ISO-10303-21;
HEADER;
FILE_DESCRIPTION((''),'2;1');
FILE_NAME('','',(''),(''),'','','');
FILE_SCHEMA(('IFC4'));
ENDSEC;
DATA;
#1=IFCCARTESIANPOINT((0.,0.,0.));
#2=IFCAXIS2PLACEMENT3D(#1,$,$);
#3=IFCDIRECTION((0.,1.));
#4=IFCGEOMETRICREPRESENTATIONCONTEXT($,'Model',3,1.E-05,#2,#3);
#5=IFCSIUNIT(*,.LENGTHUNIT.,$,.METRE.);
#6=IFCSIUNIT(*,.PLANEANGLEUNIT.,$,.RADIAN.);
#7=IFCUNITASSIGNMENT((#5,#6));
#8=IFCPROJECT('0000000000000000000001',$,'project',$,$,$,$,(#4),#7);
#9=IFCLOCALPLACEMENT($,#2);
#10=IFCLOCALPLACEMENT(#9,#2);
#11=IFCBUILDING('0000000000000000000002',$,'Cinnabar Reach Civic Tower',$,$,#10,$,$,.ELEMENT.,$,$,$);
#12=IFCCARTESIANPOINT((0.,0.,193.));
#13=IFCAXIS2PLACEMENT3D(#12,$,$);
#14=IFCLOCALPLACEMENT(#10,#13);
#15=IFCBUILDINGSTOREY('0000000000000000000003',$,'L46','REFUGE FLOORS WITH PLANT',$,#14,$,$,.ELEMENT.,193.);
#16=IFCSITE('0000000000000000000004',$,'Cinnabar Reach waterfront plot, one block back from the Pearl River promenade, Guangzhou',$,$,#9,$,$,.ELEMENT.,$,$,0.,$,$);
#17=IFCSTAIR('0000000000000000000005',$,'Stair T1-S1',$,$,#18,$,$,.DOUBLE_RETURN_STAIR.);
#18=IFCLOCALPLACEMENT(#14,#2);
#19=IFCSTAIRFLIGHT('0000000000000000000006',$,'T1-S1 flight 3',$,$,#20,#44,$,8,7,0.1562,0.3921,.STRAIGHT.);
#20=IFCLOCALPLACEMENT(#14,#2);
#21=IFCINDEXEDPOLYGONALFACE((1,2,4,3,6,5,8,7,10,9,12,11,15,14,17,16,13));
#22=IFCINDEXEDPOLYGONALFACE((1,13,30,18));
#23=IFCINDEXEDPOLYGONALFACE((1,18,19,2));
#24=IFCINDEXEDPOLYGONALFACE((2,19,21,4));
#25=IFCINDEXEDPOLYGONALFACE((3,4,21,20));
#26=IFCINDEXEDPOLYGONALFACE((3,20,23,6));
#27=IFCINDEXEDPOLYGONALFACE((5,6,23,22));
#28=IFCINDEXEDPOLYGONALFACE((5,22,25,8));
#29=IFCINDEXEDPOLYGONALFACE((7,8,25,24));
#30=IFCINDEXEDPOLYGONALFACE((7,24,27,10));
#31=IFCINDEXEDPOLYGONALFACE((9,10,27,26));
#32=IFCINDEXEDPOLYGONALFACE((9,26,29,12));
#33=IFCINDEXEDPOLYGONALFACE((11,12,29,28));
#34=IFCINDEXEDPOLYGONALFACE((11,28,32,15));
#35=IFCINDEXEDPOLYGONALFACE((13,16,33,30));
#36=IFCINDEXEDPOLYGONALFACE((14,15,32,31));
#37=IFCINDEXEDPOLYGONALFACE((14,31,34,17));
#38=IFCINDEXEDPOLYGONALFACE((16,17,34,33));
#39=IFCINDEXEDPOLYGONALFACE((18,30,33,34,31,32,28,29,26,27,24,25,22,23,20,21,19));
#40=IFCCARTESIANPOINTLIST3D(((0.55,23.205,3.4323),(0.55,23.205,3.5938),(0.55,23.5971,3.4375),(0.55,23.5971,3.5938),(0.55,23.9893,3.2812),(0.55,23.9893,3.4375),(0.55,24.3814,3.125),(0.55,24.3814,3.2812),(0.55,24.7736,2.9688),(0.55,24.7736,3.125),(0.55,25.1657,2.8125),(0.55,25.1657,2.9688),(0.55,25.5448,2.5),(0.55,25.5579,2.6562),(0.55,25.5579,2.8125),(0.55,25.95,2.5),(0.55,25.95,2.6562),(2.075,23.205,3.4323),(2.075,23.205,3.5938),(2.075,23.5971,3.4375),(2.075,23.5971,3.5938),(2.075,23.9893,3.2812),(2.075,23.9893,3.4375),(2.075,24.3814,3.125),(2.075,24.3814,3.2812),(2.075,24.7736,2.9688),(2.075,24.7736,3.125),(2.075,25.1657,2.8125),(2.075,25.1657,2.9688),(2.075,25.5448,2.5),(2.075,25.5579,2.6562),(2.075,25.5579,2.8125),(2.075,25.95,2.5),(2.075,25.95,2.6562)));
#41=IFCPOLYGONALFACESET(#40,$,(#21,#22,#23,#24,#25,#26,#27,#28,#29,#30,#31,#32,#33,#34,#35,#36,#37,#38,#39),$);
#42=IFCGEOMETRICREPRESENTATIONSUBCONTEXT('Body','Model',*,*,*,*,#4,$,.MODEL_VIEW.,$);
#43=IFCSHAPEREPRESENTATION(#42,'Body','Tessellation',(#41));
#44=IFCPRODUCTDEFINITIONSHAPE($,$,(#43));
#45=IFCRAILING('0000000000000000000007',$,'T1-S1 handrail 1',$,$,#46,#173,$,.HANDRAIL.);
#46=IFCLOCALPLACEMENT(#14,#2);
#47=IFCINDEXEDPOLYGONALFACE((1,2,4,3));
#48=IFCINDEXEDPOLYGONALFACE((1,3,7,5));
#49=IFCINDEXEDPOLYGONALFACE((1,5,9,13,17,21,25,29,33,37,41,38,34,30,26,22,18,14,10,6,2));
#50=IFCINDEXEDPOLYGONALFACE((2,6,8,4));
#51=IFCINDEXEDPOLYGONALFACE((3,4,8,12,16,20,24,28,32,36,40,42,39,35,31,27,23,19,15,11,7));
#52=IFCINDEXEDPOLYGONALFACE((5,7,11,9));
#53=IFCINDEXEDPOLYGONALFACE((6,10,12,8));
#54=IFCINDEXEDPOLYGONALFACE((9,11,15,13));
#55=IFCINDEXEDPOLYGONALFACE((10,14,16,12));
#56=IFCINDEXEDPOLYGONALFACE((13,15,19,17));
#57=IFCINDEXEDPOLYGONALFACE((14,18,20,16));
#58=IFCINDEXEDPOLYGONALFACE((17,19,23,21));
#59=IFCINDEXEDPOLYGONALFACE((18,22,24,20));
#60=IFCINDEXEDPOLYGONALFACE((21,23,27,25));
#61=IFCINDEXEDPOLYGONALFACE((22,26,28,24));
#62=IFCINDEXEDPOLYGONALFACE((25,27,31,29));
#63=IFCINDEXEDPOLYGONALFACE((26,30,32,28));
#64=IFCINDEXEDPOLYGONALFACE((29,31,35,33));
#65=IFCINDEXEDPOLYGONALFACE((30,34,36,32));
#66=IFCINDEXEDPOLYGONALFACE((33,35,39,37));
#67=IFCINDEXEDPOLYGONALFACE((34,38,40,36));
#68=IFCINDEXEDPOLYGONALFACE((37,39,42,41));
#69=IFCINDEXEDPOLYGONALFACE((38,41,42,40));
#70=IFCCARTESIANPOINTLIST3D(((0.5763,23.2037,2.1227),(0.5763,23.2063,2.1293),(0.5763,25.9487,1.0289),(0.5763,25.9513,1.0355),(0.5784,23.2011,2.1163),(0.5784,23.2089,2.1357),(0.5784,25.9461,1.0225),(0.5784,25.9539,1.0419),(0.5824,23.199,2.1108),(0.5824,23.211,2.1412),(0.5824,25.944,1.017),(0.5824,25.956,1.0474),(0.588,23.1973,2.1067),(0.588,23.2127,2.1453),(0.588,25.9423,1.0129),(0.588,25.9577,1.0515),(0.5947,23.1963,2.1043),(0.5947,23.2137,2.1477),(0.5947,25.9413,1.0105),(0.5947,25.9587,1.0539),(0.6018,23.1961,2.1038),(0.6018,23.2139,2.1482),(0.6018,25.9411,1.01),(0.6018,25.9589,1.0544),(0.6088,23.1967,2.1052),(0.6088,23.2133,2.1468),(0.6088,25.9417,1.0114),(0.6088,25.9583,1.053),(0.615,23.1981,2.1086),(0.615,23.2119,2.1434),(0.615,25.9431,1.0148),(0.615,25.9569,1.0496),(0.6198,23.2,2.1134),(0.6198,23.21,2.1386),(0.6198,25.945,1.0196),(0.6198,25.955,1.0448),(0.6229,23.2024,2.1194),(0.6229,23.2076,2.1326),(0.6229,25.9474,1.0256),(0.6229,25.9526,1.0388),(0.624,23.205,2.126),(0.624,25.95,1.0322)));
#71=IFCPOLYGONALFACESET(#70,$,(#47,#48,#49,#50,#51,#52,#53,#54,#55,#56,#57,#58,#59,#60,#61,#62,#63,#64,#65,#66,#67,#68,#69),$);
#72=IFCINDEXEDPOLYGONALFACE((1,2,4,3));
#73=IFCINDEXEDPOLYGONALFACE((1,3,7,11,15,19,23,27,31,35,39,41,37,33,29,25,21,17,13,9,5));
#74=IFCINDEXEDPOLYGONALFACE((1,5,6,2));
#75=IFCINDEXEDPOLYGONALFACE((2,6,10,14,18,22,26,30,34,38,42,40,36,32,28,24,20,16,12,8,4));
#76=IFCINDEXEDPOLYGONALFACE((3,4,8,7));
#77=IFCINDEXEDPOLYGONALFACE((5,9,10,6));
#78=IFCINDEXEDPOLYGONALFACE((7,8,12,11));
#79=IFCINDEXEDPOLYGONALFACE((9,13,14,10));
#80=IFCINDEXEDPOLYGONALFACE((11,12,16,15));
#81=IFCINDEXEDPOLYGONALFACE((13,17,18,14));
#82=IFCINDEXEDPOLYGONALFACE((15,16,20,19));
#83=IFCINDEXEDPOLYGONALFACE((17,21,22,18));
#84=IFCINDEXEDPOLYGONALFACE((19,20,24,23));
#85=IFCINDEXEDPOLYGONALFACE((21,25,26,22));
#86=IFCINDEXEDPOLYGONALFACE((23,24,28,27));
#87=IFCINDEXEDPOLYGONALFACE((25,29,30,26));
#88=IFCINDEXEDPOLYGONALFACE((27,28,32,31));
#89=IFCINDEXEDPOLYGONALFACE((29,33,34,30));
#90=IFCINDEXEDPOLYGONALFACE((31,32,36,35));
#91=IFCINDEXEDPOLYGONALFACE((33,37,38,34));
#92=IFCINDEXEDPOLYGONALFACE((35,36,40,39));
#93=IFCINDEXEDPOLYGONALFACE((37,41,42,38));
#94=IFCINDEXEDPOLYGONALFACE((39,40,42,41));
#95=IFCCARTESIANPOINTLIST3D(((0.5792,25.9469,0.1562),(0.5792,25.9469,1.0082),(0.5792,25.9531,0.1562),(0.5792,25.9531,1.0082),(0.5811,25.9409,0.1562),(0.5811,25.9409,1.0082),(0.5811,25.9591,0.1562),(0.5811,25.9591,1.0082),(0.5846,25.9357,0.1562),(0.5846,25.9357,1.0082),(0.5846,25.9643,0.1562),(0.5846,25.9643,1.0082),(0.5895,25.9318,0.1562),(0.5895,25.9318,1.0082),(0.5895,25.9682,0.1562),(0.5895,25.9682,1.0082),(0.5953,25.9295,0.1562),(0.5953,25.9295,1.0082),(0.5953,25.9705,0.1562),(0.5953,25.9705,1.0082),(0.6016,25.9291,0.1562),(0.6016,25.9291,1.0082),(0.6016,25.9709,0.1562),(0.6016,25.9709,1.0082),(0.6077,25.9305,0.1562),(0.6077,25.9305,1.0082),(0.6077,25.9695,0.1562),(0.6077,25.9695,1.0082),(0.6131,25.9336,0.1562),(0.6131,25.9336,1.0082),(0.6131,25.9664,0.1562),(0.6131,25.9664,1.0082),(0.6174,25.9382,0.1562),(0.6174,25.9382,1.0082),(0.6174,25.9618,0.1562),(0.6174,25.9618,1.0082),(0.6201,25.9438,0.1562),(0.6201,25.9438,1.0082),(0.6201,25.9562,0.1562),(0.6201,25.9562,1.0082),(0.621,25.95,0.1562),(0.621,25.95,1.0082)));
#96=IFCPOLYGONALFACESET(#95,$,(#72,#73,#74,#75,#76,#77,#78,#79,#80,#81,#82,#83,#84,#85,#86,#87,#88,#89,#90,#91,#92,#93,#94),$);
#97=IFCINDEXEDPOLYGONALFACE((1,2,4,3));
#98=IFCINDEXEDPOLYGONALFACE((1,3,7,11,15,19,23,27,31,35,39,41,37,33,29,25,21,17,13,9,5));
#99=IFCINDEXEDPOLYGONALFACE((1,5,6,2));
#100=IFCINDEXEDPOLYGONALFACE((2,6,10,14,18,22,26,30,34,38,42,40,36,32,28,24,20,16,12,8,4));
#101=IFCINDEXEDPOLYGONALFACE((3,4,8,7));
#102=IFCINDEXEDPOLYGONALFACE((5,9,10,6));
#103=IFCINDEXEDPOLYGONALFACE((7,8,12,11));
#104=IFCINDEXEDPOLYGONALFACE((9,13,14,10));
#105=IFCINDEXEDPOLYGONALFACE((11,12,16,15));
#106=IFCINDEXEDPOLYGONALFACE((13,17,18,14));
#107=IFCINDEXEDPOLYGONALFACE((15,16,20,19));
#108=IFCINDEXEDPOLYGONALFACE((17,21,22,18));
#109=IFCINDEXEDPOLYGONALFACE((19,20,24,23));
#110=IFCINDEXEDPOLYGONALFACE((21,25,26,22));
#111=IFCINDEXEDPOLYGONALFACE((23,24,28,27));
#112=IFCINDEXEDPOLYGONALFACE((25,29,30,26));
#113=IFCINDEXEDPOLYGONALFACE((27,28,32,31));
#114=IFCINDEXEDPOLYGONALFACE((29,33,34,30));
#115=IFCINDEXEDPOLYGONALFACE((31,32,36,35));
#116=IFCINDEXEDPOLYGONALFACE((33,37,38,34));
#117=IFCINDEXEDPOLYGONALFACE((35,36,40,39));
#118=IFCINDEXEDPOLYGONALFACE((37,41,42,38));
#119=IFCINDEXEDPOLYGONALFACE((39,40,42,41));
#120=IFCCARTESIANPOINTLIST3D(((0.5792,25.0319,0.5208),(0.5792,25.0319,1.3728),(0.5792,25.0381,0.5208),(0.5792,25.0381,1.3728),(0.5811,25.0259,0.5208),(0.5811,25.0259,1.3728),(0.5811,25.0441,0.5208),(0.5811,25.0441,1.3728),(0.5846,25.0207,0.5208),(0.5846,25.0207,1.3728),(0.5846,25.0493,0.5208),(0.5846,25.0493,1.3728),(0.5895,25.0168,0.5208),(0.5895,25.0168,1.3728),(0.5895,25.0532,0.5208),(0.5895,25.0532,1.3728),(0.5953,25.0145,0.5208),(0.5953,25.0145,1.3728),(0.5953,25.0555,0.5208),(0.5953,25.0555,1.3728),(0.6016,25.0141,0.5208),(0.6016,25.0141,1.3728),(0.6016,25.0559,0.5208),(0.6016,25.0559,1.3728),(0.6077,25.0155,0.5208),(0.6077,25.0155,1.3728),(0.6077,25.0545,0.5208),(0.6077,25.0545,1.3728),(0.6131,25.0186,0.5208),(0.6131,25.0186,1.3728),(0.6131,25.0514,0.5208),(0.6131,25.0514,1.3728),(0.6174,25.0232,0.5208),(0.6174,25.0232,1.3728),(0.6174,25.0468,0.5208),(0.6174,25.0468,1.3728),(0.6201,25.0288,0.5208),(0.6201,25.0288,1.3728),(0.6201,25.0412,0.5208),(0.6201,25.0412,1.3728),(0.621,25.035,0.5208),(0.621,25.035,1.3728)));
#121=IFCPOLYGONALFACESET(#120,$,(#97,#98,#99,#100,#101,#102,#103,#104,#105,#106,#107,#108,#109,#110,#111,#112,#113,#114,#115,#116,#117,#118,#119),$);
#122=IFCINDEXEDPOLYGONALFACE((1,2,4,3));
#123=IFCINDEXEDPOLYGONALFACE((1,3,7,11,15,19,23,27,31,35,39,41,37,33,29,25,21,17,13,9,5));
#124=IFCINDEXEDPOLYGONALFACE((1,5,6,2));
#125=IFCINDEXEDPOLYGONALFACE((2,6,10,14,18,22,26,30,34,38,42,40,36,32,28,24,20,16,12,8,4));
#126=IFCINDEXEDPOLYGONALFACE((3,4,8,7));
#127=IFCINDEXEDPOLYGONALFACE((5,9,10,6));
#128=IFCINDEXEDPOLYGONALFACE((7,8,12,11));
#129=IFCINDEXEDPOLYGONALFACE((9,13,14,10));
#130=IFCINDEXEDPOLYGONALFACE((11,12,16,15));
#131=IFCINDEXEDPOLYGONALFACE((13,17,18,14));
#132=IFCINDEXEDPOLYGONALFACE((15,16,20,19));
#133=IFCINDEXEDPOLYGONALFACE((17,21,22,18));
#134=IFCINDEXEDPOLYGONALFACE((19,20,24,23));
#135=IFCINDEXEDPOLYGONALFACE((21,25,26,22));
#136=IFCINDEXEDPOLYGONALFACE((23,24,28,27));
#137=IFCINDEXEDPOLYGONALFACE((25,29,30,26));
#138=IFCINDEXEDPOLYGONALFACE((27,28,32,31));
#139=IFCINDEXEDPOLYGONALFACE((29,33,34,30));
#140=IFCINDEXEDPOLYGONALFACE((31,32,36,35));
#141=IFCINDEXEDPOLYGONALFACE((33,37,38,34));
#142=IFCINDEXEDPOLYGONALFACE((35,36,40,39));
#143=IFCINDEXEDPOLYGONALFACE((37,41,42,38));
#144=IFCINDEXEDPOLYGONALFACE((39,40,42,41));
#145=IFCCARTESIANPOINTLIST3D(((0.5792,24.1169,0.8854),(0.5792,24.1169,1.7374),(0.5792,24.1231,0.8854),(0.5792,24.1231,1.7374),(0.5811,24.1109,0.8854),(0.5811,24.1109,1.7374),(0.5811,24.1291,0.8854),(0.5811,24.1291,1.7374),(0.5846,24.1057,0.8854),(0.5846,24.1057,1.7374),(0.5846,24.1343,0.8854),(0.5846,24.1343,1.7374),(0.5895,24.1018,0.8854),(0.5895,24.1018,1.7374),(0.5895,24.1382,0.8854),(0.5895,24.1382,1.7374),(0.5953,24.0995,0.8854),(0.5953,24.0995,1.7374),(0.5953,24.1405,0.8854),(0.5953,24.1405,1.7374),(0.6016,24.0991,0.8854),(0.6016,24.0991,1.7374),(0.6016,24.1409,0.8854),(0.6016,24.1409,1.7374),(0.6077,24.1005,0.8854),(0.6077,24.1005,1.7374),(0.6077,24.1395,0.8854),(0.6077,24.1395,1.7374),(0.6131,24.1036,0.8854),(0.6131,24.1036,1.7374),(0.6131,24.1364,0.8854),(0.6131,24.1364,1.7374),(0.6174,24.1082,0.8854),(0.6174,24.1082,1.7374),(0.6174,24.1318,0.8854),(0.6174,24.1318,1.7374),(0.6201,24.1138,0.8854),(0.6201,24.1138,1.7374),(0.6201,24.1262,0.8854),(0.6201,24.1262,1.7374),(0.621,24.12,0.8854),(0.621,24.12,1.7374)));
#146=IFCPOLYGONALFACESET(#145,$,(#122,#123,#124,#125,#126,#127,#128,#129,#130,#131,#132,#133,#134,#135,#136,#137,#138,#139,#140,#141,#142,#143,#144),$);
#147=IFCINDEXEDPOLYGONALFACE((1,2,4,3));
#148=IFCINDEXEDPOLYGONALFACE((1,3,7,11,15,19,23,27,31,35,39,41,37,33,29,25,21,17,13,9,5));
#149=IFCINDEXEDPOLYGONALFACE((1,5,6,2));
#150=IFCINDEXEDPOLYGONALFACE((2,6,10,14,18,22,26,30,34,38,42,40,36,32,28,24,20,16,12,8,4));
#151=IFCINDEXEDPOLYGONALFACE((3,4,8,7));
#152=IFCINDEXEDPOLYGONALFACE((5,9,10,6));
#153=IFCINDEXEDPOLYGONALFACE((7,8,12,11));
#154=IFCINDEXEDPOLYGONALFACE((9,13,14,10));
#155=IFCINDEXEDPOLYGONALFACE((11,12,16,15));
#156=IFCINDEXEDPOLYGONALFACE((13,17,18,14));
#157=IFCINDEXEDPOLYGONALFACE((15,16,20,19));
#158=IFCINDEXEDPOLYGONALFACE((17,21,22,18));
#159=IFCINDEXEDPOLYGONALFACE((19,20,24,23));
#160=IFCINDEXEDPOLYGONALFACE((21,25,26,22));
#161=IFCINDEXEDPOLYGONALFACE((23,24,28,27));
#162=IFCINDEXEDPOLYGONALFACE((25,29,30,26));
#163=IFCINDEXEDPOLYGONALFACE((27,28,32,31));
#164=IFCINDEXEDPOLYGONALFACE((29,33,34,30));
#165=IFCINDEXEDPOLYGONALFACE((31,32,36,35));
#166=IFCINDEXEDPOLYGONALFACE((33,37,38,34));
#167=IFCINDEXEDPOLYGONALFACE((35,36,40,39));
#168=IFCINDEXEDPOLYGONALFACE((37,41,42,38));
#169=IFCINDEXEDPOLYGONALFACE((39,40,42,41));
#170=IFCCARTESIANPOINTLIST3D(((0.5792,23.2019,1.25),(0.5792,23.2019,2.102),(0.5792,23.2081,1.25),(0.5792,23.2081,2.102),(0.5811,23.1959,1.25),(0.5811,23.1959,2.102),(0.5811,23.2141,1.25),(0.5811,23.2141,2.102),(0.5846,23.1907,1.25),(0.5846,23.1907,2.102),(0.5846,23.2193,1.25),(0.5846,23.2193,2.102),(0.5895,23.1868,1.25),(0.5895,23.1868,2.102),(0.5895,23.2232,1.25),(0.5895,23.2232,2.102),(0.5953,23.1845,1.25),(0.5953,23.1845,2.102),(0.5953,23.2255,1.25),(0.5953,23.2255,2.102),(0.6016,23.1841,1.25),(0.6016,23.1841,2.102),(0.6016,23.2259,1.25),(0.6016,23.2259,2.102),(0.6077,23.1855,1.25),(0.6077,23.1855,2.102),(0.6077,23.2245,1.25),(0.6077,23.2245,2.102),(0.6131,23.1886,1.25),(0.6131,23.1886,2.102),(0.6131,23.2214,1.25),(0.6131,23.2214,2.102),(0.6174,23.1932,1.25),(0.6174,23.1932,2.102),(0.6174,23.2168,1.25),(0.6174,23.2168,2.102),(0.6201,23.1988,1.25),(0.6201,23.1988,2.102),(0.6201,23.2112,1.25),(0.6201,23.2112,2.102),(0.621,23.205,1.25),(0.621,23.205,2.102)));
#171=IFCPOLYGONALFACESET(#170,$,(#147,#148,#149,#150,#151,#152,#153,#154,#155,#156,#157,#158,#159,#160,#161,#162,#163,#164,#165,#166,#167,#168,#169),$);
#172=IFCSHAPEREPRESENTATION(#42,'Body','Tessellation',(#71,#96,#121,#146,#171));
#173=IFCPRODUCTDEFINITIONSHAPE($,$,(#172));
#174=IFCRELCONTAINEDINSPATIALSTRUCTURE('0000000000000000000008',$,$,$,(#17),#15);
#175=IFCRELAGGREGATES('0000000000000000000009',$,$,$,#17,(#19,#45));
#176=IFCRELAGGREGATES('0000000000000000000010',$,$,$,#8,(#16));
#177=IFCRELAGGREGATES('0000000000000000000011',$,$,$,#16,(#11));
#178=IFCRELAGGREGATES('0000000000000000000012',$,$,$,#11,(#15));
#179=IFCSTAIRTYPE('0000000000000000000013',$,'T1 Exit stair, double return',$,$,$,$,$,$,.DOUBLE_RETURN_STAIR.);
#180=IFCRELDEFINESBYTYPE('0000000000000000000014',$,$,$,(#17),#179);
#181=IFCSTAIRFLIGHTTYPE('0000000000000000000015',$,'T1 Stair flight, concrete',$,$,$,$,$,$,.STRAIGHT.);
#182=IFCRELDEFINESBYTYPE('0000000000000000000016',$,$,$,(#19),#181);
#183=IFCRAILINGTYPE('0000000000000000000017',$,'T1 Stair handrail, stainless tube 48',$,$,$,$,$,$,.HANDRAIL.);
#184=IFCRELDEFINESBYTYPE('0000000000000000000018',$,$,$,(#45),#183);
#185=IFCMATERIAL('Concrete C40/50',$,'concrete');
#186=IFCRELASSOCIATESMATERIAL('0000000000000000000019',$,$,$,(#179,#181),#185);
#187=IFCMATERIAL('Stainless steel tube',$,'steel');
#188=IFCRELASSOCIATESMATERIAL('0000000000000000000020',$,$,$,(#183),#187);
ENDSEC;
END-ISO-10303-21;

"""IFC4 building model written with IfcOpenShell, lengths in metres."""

from ifc_helpers import new_model, si_unit, direction, frame, origin, origin_2d, place, context, subcontext, project, spatial, polyline, circle, outline, extrude, material, type_object, element, aggregate, save


model = new_model("IFC4")

# Units and contexts
model_context = context("Model", 3, precision=1e-05, world=origin(), true_north=direction((0.0, 1.0)))
body_context = subcontext(model_context, "Body", "Model", "MODEL_VIEW")
ifc_project = project(units=[si_unit("LENGTHUNIT", "METRE"), si_unit("PLANEANGLEUNIT", "RADIAN")], contexts=[model_context])

# Site, building, storey
site_placement = place(None, origin())
site = spatial("IfcSite", under=ifc_project, at=site_placement, Name="Cinnabar Reach waterfront plot, one block back from the Pearl River promenade, Guangzhou", CompositionType="ELEMENT", RefElevation=0.0)
building_placement = place(site_placement, origin())
building = spatial("IfcBuilding", under=site, at=building_placement, Name="Cinnabar Reach Civic Tower", CompositionType="ELEMENT")
storey_placement = place(building_placement, frame((0.0, 0.0, 193.0)))
storey = spatial("IfcBuildingStorey", under=building, at=storey_placement, Name="L46", Description="REFUGE FLOORS WITH PLANT", CompositionType="ELEMENT", Elevation=193.0)

# Shared definitions
ifc_material_1 = material(Name="Concrete C40/50", Category="concrete")

# Stair, stair flight, railing
stair_type = type_object("IfcStairType", Name="T1 Exit stair, double return", PredefinedType="DOUBLE_RETURN_STAIR", material=ifc_material_1)
stair_placement = place(storey_placement, origin())
stair = element("IfcStair", 1, at=stair_placement, inside=storey, type_object=stair_type, Name="Stair T1-S1", PredefinedType="DOUBLE_RETURN_STAIR")
stair_flight_type = type_object("IfcStairFlightType", Name="T1 Stair flight, concrete", PredefinedType="STRAIGHT", material=ifc_material_1)
stair_flight_1_placement = place(storey_placement, frame((1.3125, 25.95, 2.5), z_axis=(0.0, 0.0, 1.0), x_axis=(0.0, -1.0, 0.0)))
stair_flight_1 = element("IfcStairFlight", 2, at=stair_flight_1_placement, type_object=stair_flight_type, Name="T1-S1 flight 3", NumberOfRisers=8, NumberOfTreads=7, PredefinedType="STRAIGHT", RiserHeight=0.1562, TreadLength=0.3921, context=body_context, shape_type="SweptSolid", body=[
    extrude(outline(polyline([(0.0, 0.0), (0.0, 0.1562), (0.3921, 0.1562), (0.3921, 0.3125), (0.7843, 0.3125), (0.7843, 0.4688), (1.1764, 0.4688), (1.1764, 0.625), (1.5686, 0.625), (1.5686, 0.7812), (1.9607, 0.7812), (1.9607, 0.9375), (2.3529, 0.9375), (2.3529, 1.0938), (2.745, 1.0938), (2.745, 1.25), (2.745, 0.9323), (0.4052, 0.0), (0.0, 0.0)])), frame((0.0, 0.7625, 0.0), z_axis=(0.0, -1.0, 0.0), x_axis=(1.0, 0.0, 0.0)), (0.0, 0.0, 1.0), 1.525),
])
ifc_material_2 = material(Name="Stainless steel tube", Category="steel")
railing_type = type_object("IfcRailingType", Name="T1 Stair handrail, stainless tube 48", PredefinedType="HANDRAIL", material=ifc_material_2)
railing_1_placement = place(storey_placement, frame((0.6, 25.95, 0.1562)))
railing_1 = element("IfcRailing", 3, at=railing_1_placement, type_object=railing_type, Name="T1-S1 handrail 1", PredefinedType="HANDRAIL", context=body_context, shape_type="SweptSolid", body=[
    extrude(circle(Radius=0.024, at=origin_2d()), frame((0.0, 0.0, 0.876), z_axis=(0.0, -0.928966, 0.370165), x_axis=(1.0, 0.0, 0.0)), (0.0, 0.0, 1.0), 2.9549),
    extrude(circle(Radius=0.021, at=origin_2d()), origin(), (0.0, 0.0, 1.0), 0.852),
    extrude(circle(Radius=0.021, at=origin_2d()), frame((0.0, -0.915, 0.3646)), (0.0, 0.0, 1.0), 0.852),
    extrude(circle(Radius=0.021, at=origin_2d()), frame((0.0, -1.83, 0.7292)), (0.0, 0.0, 1.0), 0.852),
    extrude(circle(Radius=0.021, at=origin_2d()), frame((0.0, -2.745, 1.0938)), (0.0, 0.0, 1.0), 0.852),
])
aggregate(stair, [stair_flight_1, railing_1])

save(model, "model.ifc")
